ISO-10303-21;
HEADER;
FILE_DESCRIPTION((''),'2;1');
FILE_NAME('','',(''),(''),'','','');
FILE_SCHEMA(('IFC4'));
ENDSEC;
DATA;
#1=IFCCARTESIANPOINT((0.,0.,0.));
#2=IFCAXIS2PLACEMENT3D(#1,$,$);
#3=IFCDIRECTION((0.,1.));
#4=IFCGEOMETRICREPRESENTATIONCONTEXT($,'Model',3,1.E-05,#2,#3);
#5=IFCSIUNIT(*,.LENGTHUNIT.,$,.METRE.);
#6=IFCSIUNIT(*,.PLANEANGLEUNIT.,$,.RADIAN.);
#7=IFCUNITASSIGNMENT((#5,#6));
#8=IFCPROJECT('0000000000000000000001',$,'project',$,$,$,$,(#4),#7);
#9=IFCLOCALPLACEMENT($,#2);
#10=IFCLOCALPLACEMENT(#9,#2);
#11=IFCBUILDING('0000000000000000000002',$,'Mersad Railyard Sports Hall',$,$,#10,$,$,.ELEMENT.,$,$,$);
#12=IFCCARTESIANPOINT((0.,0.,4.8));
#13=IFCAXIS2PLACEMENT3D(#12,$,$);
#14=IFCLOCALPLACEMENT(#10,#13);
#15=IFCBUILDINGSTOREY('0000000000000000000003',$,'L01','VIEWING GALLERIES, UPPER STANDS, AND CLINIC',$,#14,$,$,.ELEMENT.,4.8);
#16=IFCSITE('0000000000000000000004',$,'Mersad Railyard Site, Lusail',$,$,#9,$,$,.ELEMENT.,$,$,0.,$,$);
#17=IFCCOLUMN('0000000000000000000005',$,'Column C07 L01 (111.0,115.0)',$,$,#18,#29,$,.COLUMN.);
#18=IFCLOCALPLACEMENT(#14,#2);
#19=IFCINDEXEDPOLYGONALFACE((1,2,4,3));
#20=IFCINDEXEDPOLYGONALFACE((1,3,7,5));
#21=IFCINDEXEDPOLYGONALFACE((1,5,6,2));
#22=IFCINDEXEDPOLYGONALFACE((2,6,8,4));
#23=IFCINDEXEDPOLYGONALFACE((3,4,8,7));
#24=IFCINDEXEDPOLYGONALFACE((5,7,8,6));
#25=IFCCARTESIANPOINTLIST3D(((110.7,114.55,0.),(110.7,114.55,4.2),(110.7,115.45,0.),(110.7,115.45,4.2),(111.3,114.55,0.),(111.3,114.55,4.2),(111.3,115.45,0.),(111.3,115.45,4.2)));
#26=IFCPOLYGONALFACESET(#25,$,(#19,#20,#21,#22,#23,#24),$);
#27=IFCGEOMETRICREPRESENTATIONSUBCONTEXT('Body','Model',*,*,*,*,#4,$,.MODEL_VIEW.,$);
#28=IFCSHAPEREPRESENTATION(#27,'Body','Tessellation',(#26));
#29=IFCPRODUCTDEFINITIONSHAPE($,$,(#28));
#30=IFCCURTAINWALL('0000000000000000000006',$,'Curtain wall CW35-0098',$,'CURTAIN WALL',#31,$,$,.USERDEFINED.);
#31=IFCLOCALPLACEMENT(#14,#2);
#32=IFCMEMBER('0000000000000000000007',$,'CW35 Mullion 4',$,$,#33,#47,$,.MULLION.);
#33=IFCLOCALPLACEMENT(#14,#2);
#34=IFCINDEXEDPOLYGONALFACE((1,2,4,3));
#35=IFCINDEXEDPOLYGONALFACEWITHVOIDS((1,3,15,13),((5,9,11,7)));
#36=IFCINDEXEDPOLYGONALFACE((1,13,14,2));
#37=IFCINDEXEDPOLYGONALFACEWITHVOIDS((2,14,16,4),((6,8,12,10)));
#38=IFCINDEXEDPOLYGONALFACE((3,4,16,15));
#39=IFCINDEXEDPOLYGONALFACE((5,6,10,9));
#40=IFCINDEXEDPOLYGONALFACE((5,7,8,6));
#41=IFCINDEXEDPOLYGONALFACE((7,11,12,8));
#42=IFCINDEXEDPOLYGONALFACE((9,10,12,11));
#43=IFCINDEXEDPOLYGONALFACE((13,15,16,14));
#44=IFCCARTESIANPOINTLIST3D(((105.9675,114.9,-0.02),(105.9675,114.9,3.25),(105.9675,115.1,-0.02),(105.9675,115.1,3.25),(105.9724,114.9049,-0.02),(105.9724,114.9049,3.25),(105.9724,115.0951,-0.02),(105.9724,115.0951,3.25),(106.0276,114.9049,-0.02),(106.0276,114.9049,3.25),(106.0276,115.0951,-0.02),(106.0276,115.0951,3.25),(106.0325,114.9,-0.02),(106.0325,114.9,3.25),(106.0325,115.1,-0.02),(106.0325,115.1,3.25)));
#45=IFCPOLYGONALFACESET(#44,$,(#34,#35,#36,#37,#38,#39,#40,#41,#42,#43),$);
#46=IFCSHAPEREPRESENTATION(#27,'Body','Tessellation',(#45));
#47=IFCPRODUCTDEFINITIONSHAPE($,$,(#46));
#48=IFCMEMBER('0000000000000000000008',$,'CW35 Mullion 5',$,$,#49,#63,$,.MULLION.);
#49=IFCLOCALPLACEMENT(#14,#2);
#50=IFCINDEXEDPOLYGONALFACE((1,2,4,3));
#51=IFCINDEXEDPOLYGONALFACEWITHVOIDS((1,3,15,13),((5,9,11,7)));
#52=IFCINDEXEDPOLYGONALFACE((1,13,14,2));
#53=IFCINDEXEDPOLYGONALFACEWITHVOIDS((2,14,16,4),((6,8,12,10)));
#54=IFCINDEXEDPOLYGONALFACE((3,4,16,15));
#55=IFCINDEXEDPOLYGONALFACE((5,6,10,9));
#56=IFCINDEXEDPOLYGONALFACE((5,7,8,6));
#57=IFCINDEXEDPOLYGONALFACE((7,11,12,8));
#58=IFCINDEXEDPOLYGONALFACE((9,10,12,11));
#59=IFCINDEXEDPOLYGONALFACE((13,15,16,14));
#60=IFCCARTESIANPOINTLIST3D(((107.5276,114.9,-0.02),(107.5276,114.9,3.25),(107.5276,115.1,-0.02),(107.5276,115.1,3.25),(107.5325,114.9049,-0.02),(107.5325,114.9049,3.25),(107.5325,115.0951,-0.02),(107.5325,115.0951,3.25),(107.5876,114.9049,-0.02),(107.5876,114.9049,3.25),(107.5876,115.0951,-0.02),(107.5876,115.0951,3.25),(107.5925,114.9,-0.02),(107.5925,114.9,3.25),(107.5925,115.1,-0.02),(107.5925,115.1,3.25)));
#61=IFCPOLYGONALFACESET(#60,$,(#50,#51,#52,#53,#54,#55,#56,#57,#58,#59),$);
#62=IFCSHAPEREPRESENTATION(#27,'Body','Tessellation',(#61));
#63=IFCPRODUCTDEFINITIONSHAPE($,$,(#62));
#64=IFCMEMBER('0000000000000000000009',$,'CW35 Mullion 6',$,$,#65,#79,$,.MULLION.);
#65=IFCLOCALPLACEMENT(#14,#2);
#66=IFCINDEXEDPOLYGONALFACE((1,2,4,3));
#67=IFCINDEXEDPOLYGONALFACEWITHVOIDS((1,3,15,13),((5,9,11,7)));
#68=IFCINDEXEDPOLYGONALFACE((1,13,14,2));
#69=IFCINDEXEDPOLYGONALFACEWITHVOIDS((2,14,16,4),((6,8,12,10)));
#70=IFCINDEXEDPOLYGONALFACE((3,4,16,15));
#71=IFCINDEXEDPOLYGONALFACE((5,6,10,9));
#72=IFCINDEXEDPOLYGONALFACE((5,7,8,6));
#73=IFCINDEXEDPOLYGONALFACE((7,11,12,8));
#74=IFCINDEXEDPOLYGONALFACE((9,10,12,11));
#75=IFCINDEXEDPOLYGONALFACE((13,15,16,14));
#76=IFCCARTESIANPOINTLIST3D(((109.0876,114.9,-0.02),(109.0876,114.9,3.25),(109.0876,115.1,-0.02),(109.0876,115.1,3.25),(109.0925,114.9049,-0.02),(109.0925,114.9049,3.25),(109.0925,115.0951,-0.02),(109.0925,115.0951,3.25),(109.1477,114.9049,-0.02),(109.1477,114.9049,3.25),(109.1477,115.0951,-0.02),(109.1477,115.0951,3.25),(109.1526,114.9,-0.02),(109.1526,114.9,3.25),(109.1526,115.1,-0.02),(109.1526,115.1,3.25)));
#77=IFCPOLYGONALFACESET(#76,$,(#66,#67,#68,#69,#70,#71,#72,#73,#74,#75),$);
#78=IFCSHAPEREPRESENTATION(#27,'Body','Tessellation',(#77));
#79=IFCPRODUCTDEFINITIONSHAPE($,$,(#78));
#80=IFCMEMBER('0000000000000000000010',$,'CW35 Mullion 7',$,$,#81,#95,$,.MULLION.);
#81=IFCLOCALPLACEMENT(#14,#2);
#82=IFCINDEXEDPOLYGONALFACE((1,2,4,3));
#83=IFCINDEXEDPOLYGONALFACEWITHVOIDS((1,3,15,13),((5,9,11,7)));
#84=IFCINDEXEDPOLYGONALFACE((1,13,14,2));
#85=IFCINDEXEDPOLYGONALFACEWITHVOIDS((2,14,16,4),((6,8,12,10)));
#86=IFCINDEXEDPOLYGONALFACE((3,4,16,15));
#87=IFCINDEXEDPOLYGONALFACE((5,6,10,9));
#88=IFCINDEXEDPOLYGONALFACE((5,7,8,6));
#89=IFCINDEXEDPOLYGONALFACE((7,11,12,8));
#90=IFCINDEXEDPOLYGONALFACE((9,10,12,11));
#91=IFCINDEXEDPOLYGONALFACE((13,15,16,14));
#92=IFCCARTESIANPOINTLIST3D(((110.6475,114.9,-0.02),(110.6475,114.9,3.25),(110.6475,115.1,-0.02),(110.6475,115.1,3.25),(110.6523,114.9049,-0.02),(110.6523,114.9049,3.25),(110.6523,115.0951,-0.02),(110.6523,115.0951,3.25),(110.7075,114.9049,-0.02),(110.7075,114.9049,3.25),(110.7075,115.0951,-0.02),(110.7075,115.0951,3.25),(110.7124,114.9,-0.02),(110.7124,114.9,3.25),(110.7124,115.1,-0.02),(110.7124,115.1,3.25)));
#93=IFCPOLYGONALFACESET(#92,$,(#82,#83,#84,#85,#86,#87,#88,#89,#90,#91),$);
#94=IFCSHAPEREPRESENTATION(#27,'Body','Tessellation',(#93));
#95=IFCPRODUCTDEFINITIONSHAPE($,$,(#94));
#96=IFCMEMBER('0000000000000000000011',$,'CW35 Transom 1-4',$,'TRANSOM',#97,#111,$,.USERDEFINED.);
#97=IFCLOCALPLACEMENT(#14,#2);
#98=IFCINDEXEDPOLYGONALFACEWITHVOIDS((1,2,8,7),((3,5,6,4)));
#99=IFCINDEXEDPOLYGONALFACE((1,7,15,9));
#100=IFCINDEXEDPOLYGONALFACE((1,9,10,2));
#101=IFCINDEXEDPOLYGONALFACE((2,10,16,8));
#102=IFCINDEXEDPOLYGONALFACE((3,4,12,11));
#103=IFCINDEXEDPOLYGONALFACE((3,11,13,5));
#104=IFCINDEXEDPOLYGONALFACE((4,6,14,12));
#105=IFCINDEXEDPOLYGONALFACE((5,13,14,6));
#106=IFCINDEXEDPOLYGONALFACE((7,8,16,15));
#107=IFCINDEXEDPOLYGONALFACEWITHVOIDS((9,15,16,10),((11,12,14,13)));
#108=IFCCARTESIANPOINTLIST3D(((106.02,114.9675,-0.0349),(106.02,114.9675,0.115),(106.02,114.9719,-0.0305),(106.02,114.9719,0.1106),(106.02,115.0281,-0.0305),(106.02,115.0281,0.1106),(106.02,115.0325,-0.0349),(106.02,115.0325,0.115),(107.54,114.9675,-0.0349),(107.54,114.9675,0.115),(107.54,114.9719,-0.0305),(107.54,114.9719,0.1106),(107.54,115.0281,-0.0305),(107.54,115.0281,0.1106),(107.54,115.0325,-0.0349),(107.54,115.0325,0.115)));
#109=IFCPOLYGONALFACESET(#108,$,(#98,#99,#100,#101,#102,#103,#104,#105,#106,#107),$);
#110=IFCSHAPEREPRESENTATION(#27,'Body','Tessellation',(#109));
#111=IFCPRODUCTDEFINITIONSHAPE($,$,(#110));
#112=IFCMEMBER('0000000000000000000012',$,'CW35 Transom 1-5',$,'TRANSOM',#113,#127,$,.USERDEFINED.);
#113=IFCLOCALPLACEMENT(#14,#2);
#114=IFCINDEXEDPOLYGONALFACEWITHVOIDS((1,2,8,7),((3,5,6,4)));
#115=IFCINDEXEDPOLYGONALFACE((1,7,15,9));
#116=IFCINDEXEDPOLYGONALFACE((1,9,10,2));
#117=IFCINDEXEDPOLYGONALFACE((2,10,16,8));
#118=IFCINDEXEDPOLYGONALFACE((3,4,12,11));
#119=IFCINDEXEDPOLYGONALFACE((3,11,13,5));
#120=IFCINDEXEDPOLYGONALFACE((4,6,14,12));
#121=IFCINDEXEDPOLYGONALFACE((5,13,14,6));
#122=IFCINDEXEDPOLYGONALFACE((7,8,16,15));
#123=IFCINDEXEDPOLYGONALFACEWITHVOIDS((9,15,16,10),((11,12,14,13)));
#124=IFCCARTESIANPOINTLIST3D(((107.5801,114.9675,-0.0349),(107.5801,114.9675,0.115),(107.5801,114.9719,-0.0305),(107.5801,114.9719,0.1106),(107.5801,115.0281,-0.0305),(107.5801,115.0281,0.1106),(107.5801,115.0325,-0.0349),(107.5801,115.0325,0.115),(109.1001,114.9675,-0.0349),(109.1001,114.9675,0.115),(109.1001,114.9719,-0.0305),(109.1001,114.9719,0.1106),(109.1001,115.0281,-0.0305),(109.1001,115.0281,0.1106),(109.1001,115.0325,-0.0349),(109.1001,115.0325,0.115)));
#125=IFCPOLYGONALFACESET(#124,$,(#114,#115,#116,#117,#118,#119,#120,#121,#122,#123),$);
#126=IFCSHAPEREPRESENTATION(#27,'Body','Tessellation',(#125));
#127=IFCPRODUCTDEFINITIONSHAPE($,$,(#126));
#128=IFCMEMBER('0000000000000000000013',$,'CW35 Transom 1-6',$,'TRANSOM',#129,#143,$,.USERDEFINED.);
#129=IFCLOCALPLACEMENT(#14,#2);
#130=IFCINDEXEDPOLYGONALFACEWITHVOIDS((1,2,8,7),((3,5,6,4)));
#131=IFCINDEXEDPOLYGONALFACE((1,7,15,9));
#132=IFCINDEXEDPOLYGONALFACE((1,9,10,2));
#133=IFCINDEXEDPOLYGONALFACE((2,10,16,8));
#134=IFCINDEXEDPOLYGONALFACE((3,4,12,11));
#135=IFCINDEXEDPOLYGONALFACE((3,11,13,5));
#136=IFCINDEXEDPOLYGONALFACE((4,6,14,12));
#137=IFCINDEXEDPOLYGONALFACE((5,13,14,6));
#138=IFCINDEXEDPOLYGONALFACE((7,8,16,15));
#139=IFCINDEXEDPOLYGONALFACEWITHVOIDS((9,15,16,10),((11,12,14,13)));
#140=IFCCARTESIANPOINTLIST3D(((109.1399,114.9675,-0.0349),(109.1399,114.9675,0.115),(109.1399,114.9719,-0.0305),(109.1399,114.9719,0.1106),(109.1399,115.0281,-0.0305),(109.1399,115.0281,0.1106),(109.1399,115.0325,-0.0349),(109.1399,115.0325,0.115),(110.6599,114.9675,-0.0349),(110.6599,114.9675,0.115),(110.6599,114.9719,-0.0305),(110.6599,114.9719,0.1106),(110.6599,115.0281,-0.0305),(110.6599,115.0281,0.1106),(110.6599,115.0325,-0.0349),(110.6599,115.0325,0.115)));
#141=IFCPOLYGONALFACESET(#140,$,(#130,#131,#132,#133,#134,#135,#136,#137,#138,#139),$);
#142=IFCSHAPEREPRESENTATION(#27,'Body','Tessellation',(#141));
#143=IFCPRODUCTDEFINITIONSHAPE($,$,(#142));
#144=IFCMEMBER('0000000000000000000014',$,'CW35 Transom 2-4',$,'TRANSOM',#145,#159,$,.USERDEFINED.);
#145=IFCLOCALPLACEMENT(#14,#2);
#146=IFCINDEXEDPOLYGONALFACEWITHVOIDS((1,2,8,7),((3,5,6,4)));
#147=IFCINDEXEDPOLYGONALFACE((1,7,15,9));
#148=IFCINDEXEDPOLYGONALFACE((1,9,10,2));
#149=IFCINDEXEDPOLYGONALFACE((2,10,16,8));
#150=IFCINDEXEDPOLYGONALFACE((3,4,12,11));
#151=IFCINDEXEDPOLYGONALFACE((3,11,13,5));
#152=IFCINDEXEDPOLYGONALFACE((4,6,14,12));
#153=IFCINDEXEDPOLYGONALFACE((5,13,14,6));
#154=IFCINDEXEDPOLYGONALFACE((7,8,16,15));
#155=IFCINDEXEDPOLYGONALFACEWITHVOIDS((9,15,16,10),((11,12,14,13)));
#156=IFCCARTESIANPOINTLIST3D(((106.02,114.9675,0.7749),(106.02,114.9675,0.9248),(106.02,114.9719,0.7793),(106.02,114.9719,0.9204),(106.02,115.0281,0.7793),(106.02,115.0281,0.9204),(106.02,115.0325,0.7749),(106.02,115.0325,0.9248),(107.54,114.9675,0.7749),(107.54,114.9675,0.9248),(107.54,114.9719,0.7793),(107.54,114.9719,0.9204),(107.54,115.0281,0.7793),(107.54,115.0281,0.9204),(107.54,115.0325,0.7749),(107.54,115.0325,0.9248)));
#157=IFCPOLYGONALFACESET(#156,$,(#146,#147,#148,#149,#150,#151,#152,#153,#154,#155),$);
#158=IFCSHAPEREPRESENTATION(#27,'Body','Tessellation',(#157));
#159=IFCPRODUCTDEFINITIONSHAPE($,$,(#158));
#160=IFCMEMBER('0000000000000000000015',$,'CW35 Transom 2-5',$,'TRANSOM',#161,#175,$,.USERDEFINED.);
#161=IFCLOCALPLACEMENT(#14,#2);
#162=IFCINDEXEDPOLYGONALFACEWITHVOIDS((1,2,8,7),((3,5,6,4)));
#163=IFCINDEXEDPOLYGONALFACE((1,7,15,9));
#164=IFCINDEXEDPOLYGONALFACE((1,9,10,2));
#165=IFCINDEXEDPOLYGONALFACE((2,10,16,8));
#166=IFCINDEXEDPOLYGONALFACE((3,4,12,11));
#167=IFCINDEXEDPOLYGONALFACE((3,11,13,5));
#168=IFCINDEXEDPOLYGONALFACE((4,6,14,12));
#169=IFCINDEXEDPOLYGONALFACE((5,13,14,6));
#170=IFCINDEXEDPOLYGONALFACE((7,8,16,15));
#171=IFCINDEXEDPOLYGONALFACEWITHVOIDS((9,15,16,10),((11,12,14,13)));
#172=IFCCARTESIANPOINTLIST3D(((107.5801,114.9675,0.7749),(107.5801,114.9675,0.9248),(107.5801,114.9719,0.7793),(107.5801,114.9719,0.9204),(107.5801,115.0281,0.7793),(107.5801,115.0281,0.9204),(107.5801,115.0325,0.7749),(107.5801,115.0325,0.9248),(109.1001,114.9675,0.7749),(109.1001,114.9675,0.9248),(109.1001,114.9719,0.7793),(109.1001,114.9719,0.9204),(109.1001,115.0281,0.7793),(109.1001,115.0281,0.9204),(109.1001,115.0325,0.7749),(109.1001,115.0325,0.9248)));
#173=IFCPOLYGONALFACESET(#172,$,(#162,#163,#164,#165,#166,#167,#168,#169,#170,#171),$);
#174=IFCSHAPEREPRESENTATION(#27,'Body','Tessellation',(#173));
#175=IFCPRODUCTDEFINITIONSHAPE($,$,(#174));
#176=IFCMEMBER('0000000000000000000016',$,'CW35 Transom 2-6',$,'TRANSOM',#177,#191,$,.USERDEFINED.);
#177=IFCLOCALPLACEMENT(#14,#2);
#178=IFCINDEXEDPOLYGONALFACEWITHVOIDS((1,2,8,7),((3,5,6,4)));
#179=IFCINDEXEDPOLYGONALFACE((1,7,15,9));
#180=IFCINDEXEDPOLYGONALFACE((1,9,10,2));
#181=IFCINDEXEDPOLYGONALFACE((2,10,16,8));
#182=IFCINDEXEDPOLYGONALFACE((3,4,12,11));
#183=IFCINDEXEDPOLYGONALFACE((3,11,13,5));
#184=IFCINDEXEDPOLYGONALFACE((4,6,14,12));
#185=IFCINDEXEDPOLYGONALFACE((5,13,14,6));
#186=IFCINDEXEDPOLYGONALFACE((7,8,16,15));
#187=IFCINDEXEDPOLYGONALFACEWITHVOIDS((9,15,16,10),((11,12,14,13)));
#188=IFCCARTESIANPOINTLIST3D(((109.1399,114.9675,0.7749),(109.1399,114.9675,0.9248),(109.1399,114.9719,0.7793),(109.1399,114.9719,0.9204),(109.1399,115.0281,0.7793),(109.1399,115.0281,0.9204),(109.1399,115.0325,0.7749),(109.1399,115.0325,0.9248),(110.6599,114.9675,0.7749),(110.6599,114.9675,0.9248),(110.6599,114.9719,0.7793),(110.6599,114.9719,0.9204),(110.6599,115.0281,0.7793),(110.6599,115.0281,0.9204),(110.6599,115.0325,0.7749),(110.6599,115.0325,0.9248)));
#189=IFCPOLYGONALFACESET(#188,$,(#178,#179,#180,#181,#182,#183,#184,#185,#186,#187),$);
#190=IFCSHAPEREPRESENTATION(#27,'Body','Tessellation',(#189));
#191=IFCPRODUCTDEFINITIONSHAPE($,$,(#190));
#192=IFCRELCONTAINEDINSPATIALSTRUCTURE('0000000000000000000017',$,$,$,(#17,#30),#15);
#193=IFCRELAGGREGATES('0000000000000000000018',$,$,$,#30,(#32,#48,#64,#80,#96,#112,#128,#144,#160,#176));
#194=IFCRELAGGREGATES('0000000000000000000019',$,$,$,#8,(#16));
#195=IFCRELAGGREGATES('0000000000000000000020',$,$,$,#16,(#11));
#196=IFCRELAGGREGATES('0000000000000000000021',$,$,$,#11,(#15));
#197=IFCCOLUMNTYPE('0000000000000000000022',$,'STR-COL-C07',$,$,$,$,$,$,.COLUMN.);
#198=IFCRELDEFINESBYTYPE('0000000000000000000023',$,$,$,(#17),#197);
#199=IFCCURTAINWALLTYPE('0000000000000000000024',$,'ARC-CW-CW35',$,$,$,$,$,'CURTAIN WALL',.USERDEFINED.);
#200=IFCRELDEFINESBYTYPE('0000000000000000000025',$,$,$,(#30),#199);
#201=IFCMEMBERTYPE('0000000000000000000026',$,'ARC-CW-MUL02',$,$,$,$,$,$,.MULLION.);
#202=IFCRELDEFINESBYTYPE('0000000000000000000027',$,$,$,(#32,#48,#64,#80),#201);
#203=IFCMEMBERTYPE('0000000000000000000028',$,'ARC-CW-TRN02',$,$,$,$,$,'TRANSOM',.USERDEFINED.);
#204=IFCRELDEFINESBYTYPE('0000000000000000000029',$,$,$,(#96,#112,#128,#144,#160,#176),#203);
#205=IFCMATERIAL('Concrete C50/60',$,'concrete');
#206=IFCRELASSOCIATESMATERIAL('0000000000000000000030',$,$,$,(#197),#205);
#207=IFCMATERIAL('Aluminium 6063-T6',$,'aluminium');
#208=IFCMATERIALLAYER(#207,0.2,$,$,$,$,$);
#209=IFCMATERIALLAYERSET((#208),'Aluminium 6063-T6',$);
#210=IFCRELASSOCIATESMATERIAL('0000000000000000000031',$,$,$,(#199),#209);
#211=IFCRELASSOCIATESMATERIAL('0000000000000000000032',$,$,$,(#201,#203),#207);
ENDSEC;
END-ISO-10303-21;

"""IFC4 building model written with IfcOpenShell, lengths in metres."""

from ifc_helpers import new_model, si_unit, direction, frame, origin, origin_2d, place, context, subcontext, project, spatial, rectangle, hollow_rectangle, extrude, material, layer, layer_set, material_profile, profile_set, type_object, element, aggregate, save


model = new_model("IFC4")

# Units and contexts
model_context = context("Model", 3, precision=1e-05, world=origin(), true_north=direction((0.0, 1.0)))
body_context = subcontext(model_context, "Body", "Model", "MODEL_VIEW")
ifc_project = project(units=[si_unit("LENGTHUNIT", "METRE"), si_unit("PLANEANGLEUNIT", "RADIAN")], contexts=[model_context])

# Site, building, storey
site_placement = place(None, origin())
site = spatial("IfcSite", under=ifc_project, at=site_placement, Name="Mersad Railyard Site, Lusail", CompositionType="ELEMENT", RefElevation=0.0)
building_placement = place(site_placement, origin())
building = spatial("IfcBuilding", under=site, at=building_placement, Name="Mersad Railyard Sports Hall", CompositionType="ELEMENT")
storey_placement = place(building_placement, frame((0.0, 0.0, 4.8)))
storey = spatial("IfcBuildingStorey", under=building, at=storey_placement, Name="L01", Description="VIEWING GALLERIES, UPPER STANDS, AND CLINIC", CompositionType="ELEMENT", Elevation=4.8)

# Column
ifc_material_1 = material(Name="Concrete C50/60", Category="concrete")
ifc_material_profile_1 = material_profile(ifc_material_1, rectangle(XDim=0.6001, YDim=0.8999, at=origin_2d()), Name="RC 600x900")
ifc_profile_set_1 = profile_set([ifc_material_profile_1], Name="Concrete C50/60")
column_type = type_object("IfcColumnType", Name="STR-COL-C07", PredefinedType="COLUMN", material=ifc_profile_set_1)
column_placement = place(storey_placement, frame((111.0, 115.0, 0.0), z_axis=(0.0, 0.0, 1.0), x_axis=(1.0, 0.0, 0.0)))
element("IfcColumn", 1, at=column_placement, inside=storey, type_object=column_type, Name="Column C07 L01 (111.0,115.0)", PredefinedType="COLUMN", context=body_context, shape_type="SweptSolid", body=[
    extrude(rectangle(XDim=0.6001, YDim=0.8999, at=origin_2d()), origin(), (0.0, 0.0, 1.0), 4.2),
])

# Curtain wall, members
ifc_material_2 = material(Name="Aluminium 6063-T6", Category="aluminium")
ifc_layer_1 = layer(ifc_material_2, 0.2)
ifc_layer_set_1 = layer_set([ifc_layer_1], Name="Aluminium 6063-T6")
curtain_wall_type = type_object("IfcCurtainWallType", Name="ARC-CW-CW35", ElementType="CURTAIN WALL", PredefinedType="USERDEFINED", material=ifc_layer_set_1)
curtain_wall_placement = place(storey_placement, origin())
curtain_wall = element("IfcCurtainWall", 2, at=curtain_wall_placement, inside=storey, type_object=curtain_wall_type, Name="Curtain wall CW35-0098", ObjectType="CURTAIN WALL", PredefinedType="USERDEFINED")
ifc_material_profile_2 = material_profile(ifc_material_2, hollow_rectangle(XDim=0.0649, YDim=0.2, WallThickness=0.0049, at=origin_2d()), Name="AL MULLION 65x200x5")
ifc_profile_set_2 = profile_set([ifc_material_profile_2], Name="Aluminium 6063-T6")
member_type_1 = type_object("IfcMemberType", Name="ARC-CW-MUL02", PredefinedType="MULLION", material=ifc_profile_set_2)
member_1_placement = place(storey_placement, frame((106.0, 115.0, -0.02), z_axis=(0.0, 0.0, 1.0), x_axis=(1.0, 0.0, 0.0)))
member_1 = element("IfcMember", 3, at=member_1_placement, type_object=member_type_1, Name="CW35 Mullion 4", PredefinedType="MULLION", context=body_context, shape_type="SweptSolid", body=[
    extrude(hollow_rectangle(XDim=0.0649, YDim=0.2, WallThickness=0.0049, at=origin_2d()), origin(), (0.0, 0.0, 1.0), 3.27),
])
member_2_placement = place(storey_placement, frame((107.5601, 115.0, -0.02), z_axis=(0.0, 0.0, 1.0), x_axis=(1.0, 0.0, 0.0)))
member_2 = element("IfcMember", 4, at=member_2_placement, type_object=member_type_1, Name="CW35 Mullion 5", PredefinedType="MULLION", context=body_context, shape_type="SweptSolid", body=[
    extrude(hollow_rectangle(XDim=0.0649, YDim=0.2, WallThickness=0.0049, at=origin_2d()), origin(), (0.0, 0.0, 1.0), 3.27),
])
member_3_placement = place(storey_placement, frame((109.1201, 115.0, -0.02), z_axis=(0.0, 0.0, 1.0), x_axis=(1.0, 0.0, 0.0)))
member_3 = element("IfcMember", 5, at=member_3_placement, type_object=member_type_1, Name="CW35 Mullion 6", PredefinedType="MULLION", context=body_context, shape_type="SweptSolid", body=[
    extrude(hollow_rectangle(XDim=0.0649, YDim=0.2, WallThickness=0.0049, at=origin_2d()), origin(), (0.0, 0.0, 1.0), 3.27),
])
member_4_placement = place(storey_placement, frame((110.6799, 115.0, -0.02), z_axis=(0.0, 0.0, 1.0), x_axis=(1.0, 0.0, 0.0)))
member_4 = element("IfcMember", 6, at=member_4_placement, type_object=member_type_1, Name="CW35 Mullion 7", PredefinedType="MULLION", context=body_context, shape_type="SweptSolid", body=[
    extrude(hollow_rectangle(XDim=0.0649, YDim=0.2, WallThickness=0.0049, at=origin_2d()), origin(), (0.0, 0.0, 1.0), 3.27),
])
ifc_material_profile_3 = material_profile(ifc_material_2, hollow_rectangle(XDim=0.0649, YDim=0.1499, WallThickness=0.0044, at=origin_2d()), Name="AL TRANSOM 65x150x4.5")
ifc_profile_set_3 = profile_set([ifc_material_profile_3], Name="Aluminium 6063-T6")
member_type_2 = type_object("IfcMemberType", Name="ARC-CW-TRN02", ElementType="TRANSOM", PredefinedType="USERDEFINED", material=ifc_profile_set_3)
member_5_placement = place(storey_placement, frame((106.02, 115.0, 0.04), z_axis=(1.0, 0.0, 0.0), x_axis=(0.0, 1.0, 0.0)))
member_5 = element("IfcMember", 7, at=member_5_placement, type_object=member_type_2, Name="CW35 Transom 1-4", ObjectType="TRANSOM", PredefinedType="USERDEFINED", context=body_context, shape_type="SweptSolid", body=[
    extrude(hollow_rectangle(XDim=0.0649, YDim=0.1499, WallThickness=0.0044, at=origin_2d()), origin(), (0.0, 0.0, 1.0), 1.52),
])
member_6_placement = place(storey_placement, frame((107.5801, 115.0, 0.04), z_axis=(1.0, 0.0, 0.0), x_axis=(0.0, 1.0, 0.0)))
member_6 = element("IfcMember", 8, at=member_6_placement, type_object=member_type_2, Name="CW35 Transom 1-5", ObjectType="TRANSOM", PredefinedType="USERDEFINED", context=body_context, shape_type="SweptSolid", body=[
    extrude(hollow_rectangle(XDim=0.0649, YDim=0.1499, WallThickness=0.0044, at=origin_2d()), origin(), (0.0, 0.0, 1.0), 1.52),
])
member_7_placement = place(storey_placement, frame((109.1399, 115.0, 0.04), z_axis=(1.0, 0.0, 0.0), x_axis=(0.0, 1.0, 0.0)))
member_7 = element("IfcMember", 9, at=member_7_placement, type_object=member_type_2, Name="CW35 Transom 1-6", ObjectType="TRANSOM", PredefinedType="USERDEFINED", context=body_context, shape_type="SweptSolid", body=[
    extrude(hollow_rectangle(XDim=0.0649, YDim=0.1499, WallThickness=0.0044, at=origin_2d()), origin(), (0.0, 0.0, 1.0), 1.52),
])
member_8_placement = place(storey_placement, frame((106.02, 115.0, 0.8499), z_axis=(1.0, 0.0, 0.0), x_axis=(0.0, 1.0, 0.0)))
member_8 = element("IfcMember", 10, at=member_8_placement, type_object=member_type_2, Name="CW35 Transom 2-4", ObjectType="TRANSOM", PredefinedType="USERDEFINED", context=body_context, shape_type="SweptSolid", body=[
    extrude(hollow_rectangle(XDim=0.0649, YDim=0.1499, WallThickness=0.0044, at=origin_2d()), origin(), (0.0, 0.0, 1.0), 1.52),
])
member_9_placement = place(storey_placement, frame((107.5801, 115.0, 0.8499), z_axis=(1.0, 0.0, 0.0), x_axis=(0.0, 1.0, 0.0)))
member_9 = element("IfcMember", 11, at=member_9_placement, type_object=member_type_2, Name="CW35 Transom 2-5", ObjectType="TRANSOM", PredefinedType="USERDEFINED", context=body_context, shape_type="SweptSolid", body=[
    extrude(hollow_rectangle(XDim=0.0649, YDim=0.1499, WallThickness=0.0044, at=origin_2d()), origin(), (0.0, 0.0, 1.0), 1.52),
])
member_10_placement = place(storey_placement, frame((109.1399, 115.0, 0.8499), z_axis=(1.0, 0.0, 0.0), x_axis=(0.0, 1.0, 0.0)))
member_10 = element("IfcMember", 12, at=member_10_placement, type_object=member_type_2, Name="CW35 Transom 2-6", ObjectType="TRANSOM", PredefinedType="USERDEFINED", context=body_context, shape_type="SweptSolid", body=[
    extrude(hollow_rectangle(XDim=0.0649, YDim=0.1499, WallThickness=0.0044, at=origin_2d()), origin(), (0.0, 0.0, 1.0), 1.52),
])

aggregate(curtain_wall, [member_1, member_2, member_3, member_4, member_5, member_6, member_7, member_8, member_9, member_10])

save(model, "model.ifc")
